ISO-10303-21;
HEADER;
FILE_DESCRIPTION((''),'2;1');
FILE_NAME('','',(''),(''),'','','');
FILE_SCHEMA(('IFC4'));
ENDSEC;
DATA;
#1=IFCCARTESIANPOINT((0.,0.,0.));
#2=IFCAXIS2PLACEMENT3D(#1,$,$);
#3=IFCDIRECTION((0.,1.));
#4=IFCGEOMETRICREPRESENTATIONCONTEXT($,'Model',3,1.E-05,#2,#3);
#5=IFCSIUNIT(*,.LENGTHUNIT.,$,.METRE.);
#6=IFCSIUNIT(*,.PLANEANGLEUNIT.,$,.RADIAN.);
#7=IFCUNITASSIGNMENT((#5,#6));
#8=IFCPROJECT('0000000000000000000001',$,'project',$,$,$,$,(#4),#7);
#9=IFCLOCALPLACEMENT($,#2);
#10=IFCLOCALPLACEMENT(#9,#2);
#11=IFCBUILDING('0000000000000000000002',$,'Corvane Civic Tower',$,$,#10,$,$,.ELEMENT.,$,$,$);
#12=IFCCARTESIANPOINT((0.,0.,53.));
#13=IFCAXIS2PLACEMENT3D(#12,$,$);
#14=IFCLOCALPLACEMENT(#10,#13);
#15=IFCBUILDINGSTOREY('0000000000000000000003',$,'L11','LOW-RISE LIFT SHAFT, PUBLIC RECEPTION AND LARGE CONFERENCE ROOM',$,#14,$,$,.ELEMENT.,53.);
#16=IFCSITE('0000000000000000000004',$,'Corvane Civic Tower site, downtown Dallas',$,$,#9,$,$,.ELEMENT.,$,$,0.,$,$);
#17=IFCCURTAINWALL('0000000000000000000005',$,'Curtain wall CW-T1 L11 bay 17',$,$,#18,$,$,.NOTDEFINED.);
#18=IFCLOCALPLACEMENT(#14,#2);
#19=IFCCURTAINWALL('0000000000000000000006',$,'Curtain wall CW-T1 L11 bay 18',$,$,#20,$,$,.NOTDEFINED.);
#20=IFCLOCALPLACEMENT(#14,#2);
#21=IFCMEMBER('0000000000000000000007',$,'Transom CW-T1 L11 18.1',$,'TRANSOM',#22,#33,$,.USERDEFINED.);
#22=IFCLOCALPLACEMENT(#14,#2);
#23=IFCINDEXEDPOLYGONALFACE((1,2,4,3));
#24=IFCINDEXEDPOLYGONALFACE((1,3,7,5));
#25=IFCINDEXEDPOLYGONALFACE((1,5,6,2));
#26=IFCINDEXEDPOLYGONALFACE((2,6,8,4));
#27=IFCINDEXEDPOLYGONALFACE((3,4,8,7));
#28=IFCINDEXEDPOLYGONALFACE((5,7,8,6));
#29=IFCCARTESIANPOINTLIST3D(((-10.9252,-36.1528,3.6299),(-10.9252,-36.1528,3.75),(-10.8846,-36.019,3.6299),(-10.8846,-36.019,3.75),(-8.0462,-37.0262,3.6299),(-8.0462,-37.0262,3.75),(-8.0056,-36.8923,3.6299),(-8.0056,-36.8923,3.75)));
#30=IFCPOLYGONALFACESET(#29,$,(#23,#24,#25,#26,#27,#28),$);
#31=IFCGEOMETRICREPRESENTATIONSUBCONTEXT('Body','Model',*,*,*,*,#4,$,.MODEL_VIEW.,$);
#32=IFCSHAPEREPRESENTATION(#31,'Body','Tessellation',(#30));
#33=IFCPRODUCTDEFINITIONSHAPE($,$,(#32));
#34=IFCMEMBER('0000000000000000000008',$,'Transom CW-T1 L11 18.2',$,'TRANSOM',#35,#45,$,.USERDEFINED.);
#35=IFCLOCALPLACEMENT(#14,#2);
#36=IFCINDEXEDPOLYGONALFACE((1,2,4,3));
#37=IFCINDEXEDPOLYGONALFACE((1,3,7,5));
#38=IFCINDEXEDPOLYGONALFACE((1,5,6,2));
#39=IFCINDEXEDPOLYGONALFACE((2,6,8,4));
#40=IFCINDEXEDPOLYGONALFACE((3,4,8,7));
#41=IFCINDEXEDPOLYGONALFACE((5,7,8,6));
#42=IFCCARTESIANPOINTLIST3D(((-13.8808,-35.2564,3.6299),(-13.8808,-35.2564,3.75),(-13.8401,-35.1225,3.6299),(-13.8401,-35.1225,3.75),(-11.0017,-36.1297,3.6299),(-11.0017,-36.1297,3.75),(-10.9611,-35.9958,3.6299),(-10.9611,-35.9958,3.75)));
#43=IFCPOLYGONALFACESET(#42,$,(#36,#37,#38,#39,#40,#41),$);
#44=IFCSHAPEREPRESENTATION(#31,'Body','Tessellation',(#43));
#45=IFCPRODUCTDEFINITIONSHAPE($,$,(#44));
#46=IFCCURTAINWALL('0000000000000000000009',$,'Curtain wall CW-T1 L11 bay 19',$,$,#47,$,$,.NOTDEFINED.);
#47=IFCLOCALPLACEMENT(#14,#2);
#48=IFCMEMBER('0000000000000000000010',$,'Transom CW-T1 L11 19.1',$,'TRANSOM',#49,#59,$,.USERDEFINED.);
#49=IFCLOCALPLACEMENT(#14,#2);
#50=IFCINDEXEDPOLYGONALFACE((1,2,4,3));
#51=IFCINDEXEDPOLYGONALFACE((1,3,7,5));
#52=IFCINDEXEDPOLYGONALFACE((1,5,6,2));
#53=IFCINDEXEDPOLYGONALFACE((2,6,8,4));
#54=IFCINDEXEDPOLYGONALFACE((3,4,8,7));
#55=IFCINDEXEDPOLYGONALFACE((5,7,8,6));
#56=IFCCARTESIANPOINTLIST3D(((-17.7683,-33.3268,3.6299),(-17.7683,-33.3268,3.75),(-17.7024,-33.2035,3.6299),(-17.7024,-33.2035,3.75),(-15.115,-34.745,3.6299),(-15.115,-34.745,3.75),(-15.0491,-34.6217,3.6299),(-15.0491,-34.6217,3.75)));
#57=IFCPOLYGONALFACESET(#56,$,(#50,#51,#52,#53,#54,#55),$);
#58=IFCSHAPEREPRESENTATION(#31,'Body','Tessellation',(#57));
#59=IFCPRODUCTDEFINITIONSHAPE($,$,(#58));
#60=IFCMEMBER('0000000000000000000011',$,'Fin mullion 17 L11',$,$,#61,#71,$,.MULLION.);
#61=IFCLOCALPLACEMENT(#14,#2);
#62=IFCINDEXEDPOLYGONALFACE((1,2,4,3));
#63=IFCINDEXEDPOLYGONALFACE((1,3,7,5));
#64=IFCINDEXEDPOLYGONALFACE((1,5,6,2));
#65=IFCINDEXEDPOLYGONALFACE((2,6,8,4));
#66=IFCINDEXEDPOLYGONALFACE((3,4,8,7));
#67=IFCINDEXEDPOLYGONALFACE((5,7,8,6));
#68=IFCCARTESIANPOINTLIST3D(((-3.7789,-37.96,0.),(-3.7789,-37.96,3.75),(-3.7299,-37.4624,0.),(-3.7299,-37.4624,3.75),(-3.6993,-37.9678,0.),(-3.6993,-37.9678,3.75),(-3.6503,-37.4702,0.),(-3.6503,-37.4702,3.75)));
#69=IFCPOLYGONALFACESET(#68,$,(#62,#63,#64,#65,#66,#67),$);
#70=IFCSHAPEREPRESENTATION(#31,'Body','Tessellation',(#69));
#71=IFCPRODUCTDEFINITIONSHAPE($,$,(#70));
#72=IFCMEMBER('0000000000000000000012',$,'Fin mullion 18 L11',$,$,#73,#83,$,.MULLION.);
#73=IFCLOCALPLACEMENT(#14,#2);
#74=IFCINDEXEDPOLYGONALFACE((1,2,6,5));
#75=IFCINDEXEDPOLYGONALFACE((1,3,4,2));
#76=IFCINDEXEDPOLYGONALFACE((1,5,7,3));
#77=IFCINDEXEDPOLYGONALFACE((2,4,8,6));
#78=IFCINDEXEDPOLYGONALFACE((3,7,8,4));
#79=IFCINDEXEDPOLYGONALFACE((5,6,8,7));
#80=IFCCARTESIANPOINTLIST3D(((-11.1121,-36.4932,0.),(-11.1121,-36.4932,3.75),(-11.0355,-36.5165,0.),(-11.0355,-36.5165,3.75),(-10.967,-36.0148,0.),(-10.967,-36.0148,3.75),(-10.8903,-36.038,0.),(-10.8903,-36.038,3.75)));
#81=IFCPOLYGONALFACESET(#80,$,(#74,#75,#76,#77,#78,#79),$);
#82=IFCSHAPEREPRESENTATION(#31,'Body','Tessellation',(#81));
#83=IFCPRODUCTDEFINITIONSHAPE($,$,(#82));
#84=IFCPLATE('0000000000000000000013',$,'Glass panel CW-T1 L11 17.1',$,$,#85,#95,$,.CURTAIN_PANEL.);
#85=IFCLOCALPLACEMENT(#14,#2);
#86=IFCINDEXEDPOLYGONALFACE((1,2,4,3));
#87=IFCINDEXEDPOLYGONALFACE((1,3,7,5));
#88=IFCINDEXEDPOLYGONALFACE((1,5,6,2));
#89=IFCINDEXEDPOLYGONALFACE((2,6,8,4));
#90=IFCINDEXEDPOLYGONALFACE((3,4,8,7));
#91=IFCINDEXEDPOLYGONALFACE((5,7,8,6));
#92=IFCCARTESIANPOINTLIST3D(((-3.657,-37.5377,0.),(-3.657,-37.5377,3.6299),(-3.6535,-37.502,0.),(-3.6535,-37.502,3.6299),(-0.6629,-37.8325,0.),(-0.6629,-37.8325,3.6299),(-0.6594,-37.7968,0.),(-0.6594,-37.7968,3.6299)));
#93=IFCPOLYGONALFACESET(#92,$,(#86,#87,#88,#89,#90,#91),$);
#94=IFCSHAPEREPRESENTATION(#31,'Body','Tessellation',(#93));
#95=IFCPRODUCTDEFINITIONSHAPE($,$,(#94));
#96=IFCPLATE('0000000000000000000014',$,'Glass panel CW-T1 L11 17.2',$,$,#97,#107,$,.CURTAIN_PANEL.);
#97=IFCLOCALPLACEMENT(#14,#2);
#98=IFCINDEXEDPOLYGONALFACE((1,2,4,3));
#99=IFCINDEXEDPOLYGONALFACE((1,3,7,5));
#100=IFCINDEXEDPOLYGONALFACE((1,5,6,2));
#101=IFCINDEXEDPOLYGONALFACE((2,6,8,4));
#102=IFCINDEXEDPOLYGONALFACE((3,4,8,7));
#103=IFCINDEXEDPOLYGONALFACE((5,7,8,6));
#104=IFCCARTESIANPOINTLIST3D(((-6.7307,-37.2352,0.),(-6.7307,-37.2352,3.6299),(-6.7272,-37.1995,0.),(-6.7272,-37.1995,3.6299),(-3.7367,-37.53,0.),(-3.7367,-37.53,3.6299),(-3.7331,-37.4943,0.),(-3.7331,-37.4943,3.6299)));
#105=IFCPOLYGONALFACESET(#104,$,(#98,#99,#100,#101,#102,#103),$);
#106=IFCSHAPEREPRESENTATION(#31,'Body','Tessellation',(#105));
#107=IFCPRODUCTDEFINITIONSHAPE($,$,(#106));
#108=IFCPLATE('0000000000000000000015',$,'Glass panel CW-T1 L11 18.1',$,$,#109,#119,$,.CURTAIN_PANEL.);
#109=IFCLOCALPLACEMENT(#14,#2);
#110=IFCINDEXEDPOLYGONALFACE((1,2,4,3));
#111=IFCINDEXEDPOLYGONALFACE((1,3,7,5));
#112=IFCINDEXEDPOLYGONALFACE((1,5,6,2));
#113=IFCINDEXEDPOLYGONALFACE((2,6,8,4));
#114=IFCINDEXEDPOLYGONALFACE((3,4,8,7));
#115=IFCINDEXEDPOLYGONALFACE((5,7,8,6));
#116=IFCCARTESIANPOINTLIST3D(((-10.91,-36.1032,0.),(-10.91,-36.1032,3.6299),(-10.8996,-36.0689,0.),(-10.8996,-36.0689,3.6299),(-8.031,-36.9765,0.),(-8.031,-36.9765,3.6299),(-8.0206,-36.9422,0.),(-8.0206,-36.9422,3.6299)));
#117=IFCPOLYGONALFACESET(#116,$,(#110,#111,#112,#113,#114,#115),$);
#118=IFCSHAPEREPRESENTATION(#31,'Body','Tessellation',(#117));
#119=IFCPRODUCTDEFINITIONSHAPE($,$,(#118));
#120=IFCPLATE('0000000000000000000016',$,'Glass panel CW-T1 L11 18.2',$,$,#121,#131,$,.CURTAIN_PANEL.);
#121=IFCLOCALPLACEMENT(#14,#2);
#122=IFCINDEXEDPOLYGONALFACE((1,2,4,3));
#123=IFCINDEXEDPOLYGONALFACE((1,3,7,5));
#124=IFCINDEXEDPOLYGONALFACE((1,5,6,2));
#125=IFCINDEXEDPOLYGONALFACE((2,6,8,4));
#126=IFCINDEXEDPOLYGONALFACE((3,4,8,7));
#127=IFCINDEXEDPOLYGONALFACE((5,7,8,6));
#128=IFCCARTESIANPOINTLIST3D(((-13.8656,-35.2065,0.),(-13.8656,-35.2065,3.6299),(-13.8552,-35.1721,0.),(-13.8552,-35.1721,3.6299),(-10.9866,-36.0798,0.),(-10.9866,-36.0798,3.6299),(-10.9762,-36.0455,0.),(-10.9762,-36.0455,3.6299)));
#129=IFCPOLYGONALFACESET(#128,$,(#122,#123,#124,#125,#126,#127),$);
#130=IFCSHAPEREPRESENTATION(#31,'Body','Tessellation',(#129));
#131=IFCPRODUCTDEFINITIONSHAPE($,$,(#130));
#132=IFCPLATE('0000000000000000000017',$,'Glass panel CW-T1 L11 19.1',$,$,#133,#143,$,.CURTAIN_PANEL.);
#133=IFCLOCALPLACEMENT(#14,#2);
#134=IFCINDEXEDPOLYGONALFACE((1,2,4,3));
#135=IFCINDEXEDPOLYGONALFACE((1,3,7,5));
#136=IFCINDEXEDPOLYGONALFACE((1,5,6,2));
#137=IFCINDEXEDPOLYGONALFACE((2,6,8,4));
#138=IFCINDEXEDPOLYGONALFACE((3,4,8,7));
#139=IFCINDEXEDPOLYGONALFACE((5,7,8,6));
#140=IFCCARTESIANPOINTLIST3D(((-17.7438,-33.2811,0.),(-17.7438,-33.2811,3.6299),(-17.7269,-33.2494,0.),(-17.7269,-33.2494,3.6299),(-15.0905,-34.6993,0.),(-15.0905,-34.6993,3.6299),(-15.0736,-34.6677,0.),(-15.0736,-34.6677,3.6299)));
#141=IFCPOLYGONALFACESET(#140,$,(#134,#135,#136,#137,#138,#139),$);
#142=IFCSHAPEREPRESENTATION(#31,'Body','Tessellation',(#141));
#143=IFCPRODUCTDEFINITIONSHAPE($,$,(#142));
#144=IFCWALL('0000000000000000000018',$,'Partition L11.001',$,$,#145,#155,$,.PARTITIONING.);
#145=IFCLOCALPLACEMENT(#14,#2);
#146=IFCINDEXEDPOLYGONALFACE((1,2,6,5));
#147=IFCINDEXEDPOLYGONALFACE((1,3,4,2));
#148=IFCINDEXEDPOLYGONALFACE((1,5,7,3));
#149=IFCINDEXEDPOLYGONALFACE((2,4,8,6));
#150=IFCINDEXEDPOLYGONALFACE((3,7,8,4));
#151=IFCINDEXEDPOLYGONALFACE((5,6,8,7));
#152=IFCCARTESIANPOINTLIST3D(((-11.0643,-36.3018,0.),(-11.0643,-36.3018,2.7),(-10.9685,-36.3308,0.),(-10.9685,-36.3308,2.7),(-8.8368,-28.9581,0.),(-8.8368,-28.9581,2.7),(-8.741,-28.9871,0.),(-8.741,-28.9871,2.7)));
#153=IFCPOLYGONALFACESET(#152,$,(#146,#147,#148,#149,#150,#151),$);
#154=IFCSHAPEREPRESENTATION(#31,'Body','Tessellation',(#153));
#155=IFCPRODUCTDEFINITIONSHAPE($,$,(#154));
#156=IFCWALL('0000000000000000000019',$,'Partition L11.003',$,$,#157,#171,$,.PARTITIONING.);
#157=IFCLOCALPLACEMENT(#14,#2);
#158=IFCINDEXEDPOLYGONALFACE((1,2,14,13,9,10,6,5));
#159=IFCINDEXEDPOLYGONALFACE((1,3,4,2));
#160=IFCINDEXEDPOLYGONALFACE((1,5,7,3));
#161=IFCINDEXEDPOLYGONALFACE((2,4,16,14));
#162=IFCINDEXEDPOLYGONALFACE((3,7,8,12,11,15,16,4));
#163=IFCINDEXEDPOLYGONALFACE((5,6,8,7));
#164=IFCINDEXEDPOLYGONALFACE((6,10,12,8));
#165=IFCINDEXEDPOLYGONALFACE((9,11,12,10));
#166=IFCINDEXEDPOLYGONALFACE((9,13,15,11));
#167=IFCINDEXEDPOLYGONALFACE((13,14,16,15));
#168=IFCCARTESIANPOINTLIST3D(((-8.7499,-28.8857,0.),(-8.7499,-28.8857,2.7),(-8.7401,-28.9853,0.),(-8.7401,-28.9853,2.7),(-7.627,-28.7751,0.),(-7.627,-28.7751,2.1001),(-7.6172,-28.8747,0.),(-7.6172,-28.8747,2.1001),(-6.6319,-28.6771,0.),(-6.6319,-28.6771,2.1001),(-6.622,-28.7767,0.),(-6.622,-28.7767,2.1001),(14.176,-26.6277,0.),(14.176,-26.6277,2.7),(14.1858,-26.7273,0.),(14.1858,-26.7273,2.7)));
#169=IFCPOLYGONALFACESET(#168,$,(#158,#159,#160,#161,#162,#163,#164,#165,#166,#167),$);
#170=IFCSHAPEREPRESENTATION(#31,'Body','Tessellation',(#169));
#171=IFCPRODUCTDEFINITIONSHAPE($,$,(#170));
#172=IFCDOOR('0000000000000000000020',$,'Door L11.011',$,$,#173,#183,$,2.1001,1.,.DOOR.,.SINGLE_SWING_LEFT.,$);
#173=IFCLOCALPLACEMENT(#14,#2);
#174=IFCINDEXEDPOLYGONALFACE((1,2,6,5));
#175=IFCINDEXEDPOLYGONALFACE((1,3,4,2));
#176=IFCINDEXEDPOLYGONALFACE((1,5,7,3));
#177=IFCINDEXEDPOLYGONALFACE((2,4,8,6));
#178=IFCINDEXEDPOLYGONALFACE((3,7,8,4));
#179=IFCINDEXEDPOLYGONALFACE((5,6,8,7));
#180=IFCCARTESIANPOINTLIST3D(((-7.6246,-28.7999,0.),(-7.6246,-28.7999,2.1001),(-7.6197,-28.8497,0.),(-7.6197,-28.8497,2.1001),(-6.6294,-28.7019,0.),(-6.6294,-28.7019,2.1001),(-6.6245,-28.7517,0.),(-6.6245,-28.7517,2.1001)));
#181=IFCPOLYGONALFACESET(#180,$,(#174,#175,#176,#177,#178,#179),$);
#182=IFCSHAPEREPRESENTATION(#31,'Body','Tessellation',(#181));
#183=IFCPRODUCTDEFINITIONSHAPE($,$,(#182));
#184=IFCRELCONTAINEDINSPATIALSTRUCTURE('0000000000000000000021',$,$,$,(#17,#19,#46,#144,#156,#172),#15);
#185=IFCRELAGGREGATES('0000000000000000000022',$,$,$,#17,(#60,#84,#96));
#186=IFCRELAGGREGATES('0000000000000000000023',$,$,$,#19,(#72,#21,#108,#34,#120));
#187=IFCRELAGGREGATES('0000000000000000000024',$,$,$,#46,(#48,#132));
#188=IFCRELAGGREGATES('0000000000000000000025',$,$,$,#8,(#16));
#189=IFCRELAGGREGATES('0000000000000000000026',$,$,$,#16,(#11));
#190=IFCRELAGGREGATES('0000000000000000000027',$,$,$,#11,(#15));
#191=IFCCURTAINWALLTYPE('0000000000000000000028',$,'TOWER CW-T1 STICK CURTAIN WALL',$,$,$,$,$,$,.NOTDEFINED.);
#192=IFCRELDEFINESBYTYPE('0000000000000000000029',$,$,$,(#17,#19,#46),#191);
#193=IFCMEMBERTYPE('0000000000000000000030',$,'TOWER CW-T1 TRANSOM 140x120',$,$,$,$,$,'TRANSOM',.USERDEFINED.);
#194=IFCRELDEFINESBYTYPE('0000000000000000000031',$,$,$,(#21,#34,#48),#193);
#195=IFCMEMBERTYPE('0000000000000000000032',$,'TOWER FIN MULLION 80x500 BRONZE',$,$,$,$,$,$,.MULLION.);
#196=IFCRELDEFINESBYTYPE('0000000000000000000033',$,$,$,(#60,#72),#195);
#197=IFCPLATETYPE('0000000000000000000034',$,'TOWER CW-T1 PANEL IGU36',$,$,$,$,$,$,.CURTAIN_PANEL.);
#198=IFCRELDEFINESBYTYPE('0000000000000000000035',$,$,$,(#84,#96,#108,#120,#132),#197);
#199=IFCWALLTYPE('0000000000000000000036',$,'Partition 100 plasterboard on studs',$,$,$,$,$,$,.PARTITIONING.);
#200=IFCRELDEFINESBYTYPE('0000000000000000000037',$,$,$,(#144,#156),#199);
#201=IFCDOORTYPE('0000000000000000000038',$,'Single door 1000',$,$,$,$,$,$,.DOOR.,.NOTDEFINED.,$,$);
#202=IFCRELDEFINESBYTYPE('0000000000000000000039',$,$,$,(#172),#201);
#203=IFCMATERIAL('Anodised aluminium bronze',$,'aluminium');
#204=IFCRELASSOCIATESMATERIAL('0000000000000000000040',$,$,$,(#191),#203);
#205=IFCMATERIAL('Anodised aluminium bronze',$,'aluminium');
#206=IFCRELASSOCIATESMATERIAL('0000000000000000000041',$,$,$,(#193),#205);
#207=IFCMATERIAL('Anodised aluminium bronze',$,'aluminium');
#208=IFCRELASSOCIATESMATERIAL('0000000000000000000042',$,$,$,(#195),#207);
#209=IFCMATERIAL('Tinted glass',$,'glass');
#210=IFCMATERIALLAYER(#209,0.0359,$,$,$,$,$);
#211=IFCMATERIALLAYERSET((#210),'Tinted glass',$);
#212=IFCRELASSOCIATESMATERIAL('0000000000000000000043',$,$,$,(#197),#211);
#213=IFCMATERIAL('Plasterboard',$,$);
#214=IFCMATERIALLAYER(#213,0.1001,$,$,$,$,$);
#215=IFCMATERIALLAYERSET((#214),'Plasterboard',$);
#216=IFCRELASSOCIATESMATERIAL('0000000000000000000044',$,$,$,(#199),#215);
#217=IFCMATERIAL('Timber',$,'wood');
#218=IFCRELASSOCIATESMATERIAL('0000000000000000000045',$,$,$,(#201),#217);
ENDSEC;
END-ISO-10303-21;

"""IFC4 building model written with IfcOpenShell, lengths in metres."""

from ifc_helpers import new_model, si_unit, direction, frame, frame_2d, origin, origin_2d, place, context, subcontext, project, spatial, rectangle, extrude, material, layer, layer_set, material_profile, profile_set, type_object, element, fill, aggregate, save


model = new_model("IFC4")

# Units and contexts
model_context = context("Model", 3, precision=1e-05, world=origin(), true_north=direction((0.0, 1.0)))
body_context = subcontext(model_context, "Body", "Model", "MODEL_VIEW")
ifc_project = project(units=[si_unit("LENGTHUNIT", "METRE"), si_unit("PLANEANGLEUNIT", "RADIAN")], contexts=[model_context])

# Site, building, storey
site_placement = place(None, origin())
site = spatial("IfcSite", under=ifc_project, at=site_placement, Name="Corvane Civic Tower site, downtown Dallas", CompositionType="ELEMENT", RefElevation=0.0)
building_placement = place(site_placement, origin())
building = spatial("IfcBuilding", under=site, at=building_placement, Name="Corvane Civic Tower", CompositionType="ELEMENT")
storey_placement = place(building_placement, frame((0.0, 0.0, 53.0)))
storey = spatial("IfcBuildingStorey", under=building, at=storey_placement, Name="L11", Description="LOW-RISE LIFT SHAFT, PUBLIC RECEPTION AND LARGE CONFERENCE ROOM", CompositionType="ELEMENT", Elevation=53.0)

# Curtain walls, members
ifc_material_1 = material(Name="Anodised aluminium bronze", Category="aluminium")
curtain_wall_type = type_object("IfcCurtainWallType", Name="TOWER CW-T1 STICK CURTAIN WALL", PredefinedType="NOTDEFINED", material=ifc_material_1)
curtain_wall_1_placement = place(storey_placement, origin())
curtain_wall_1 = element("IfcCurtainWall", 1, at=curtain_wall_1_placement, inside=storey, type_object=curtain_wall_type, Name="Curtain wall CW-T1 L11 bay 17", PredefinedType="NOTDEFINED")
ifc_material_2 = material(Name="Anodised aluminium bronze", Category="aluminium")
ifc_material_profile_1 = material_profile(ifc_material_2, rectangle(XDim=0.1399, YDim=0.1201, at=origin_2d()), Name="TOWER CW-T1 TRANSOM 140x120")
ifc_profile_set_1 = profile_set([ifc_material_profile_1], Name="Anodised aluminium bronze")
member_type_1 = type_object("IfcMemberType", Name="TOWER CW-T1 TRANSOM 140x120", ElementType="TRANSOM", PredefinedType="USERDEFINED", material=ifc_profile_set_1)
curtain_wall_2_placement = place(storey_placement, origin())
curtain_wall_2 = element("IfcCurtainWall", 2, at=curtain_wall_2_placement, inside=storey, type_object=curtain_wall_type, Name="Curtain wall CW-T1 L11 bay 18", PredefinedType="NOTDEFINED")
member_1_placement = place(storey_placement, frame((-8.0259, -36.9592, 3.6899), z_axis=(-0.956942, 0.29028, 0.0), x_axis=(-0.29028, -0.956942, 0.0)))
member_1 = element("IfcMember", 3, at=member_1_placement, type_object=member_type_1, Name="Transom CW-T1 L11 18.1", ObjectType="TRANSOM", PredefinedType="USERDEFINED", context=body_context, shape_type="SweptSolid", body=[
    extrude(rectangle(XDim=0.1399, YDim=0.1201, at=origin_2d()), origin(), (0.0, 0.0, 1.0), 3.0085),
])
member_2_placement = place(storey_placement, frame((-10.9814, -36.0627, 3.6899), z_axis=(-0.956942, 0.29028, 0.0), x_axis=(-0.29028, -0.956942, 0.0)))
member_2 = element("IfcMember", 4, at=member_2_placement, type_object=member_type_1, Name="Transom CW-T1 L11 18.2", ObjectType="TRANSOM", PredefinedType="USERDEFINED", context=body_context, shape_type="SweptSolid", body=[
    extrude(rectangle(XDim=0.1399, YDim=0.1201, at=origin_2d()), origin(), (0.0, 0.0, 1.0), 3.0085),
])

# Curtain wall, member
curtain_wall_3_placement = place(storey_placement, origin())
curtain_wall_3 = element("IfcCurtainWall", 5, at=curtain_wall_3_placement, inside=storey, type_object=curtain_wall_type, Name="Curtain wall CW-T1 L11 bay 19", PredefinedType="NOTDEFINED")
member_3_placement = place(storey_placement, frame((-15.082, -34.6833, 3.6899), z_axis=(-0.881924, 0.471393, 0.0), x_axis=(-0.471393, -0.881924, 0.0)))
member_3 = element("IfcMember", 6, at=member_3_placement, type_object=member_type_1, Name="Transom CW-T1 L11 19.1", ObjectType="TRANSOM", PredefinedType="USERDEFINED", context=body_context, shape_type="SweptSolid", body=[
    extrude(rectangle(XDim=0.1399, YDim=0.1201, at=origin_2d()), origin(), (0.0, 0.0, 1.0), 3.0085),
])

# Members
ifc_material_3 = material(Name="Anodised aluminium bronze", Category="aluminium")
ifc_material_profile_2 = material_profile(ifc_material_3, rectangle(XDim=0.0801, YDim=0.5, at=origin_2d()), Name="TOWER FIN MULLION 80x500 BRONZE")
ifc_profile_set_2 = profile_set([ifc_material_profile_2], Name="Anodised aluminium bronze")
member_type_2 = type_object("IfcMemberType", Name="TOWER FIN MULLION 80x500 BRONZE", PredefinedType="MULLION", material=ifc_profile_set_2)
member_4_placement = place(storey_placement, frame((-3.7146, -37.7151, 0.0), z_axis=(0.0, 0.0, 1.0), x_axis=(-0.995186, 0.098006, 0.0)))
member_4 = element("IfcMember", 7, at=member_4_placement, type_object=member_type_2, Name="Fin mullion 17 L11", PredefinedType="MULLION", context=body_context, shape_type="SweptSolid", body=[
    extrude(rectangle(XDim=0.0801, YDim=0.5, at=origin_2d()), origin(), (0.0, 0.0, 1.0), 3.75),
])
member_5_placement = place(storey_placement, frame((-11.0012, -36.2656, 0.0), z_axis=(0.0, 0.0, 1.0), x_axis=(-0.956942, 0.290278, 0.0)))
member_5 = element("IfcMember", 8, at=member_5_placement, type_object=member_type_2, Name="Fin mullion 18 L11", PredefinedType="MULLION", context=body_context, shape_type="SweptSolid", body=[
    extrude(rectangle(XDim=0.0801, YDim=0.5, at=origin_2d()), origin(), (0.0, 0.0, 1.0), 3.75),
])

# Plates
ifc_material_4 = material(Name="Tinted glass", Category="glass")
ifc_layer_1 = layer(ifc_material_4, 0.0359)
ifc_layer_set_1 = layer_set([ifc_layer_1], Name="Tinted glass")
plate_type = type_object("IfcPlateType", Name="TOWER CW-T1 PANEL IGU36", PredefinedType="CURTAIN_PANEL", material=ifc_layer_set_1)
plate_1_placement = place(storey_placement, frame((-2.1582, -37.6672, 0.0), z_axis=(0.0, 0.0, 1.0), x_axis=(-0.995186, 0.098006, 0.0)))
plate_1 = element("IfcPlate", 9, at=plate_1_placement, type_object=plate_type, Name="Glass panel CW-T1 L11 17.1", PredefinedType="CURTAIN_PANEL", context=body_context, shape_type="SweptSolid", body=[
    extrude(rectangle(XDim=3.0085, YDim=0.0359, at=origin_2d()), origin(), (0.0, 0.0, 1.0), 3.6299),
])
plate_2_placement = place(storey_placement, frame((-5.2319, -37.3647, 0.0), z_axis=(0.0, 0.0, 1.0), x_axis=(-0.995186, 0.098006, 0.0)))
plate_2 = element("IfcPlate", 10, at=plate_2_placement, type_object=plate_type, Name="Glass panel CW-T1 L11 17.2", PredefinedType="CURTAIN_PANEL", context=body_context, shape_type="SweptSolid", body=[
    extrude(rectangle(XDim=3.0085, YDim=0.0359, at=origin_2d()), origin(), (0.0, 0.0, 1.0), 3.6299),
])
aggregate(curtain_wall_1, [member_4, plate_1, plate_2])
plate_3_placement = place(storey_placement, frame((-9.4653, -36.5227, 0.0), z_axis=(0.0, 0.0, 1.0), x_axis=(-0.956942, 0.290278, 0.0)))
plate_3 = element("IfcPlate", 11, at=plate_3_placement, type_object=plate_type, Name="Glass panel CW-T1 L11 18.1", PredefinedType="CURTAIN_PANEL", context=body_context, shape_type="SweptSolid", body=[
    extrude(rectangle(XDim=3.0085, YDim=0.0359, at=origin_2d()), origin(), (0.0, 0.0, 1.0), 3.6299),
])
plate_4_placement = place(storey_placement, frame((-12.4209, -35.626, 0.0), z_axis=(0.0, 0.0, 1.0), x_axis=(-0.956942, 0.290278, 0.0)))
plate_4 = element("IfcPlate", 12, at=plate_4_placement, type_object=plate_type, Name="Glass panel CW-T1 L11 18.2", PredefinedType="CURTAIN_PANEL", context=body_context, shape_type="SweptSolid", body=[
    extrude(rectangle(XDim=3.0085, YDim=0.0359, at=origin_2d()), origin(), (0.0, 0.0, 1.0), 3.6299),
])
aggregate(curtain_wall_2, [member_5, member_1, plate_3, member_2, plate_4])
plate_5_placement = place(storey_placement, frame((-16.4087, -33.9744, 0.0), z_axis=(0.0, 0.0, 1.0), x_axis=(-0.881918, 0.471404, 0.0)))
plate_5 = element("IfcPlate", 13, at=plate_5_placement, type_object=plate_type, Name="Glass panel CW-T1 L11 19.1", PredefinedType="CURTAIN_PANEL", context=body_context, shape_type="SweptSolid", body=[
    extrude(rectangle(XDim=3.0085, YDim=0.0359, at=origin_2d()), origin(), (0.0, 0.0, 1.0), 3.6299),
])
aggregate(curtain_wall_3, [member_3, plate_5])

# Wall
ifc_material_5 = material(Name="Plasterboard")
ifc_layer_2 = layer(ifc_material_5, 0.1001)
ifc_layer_set_2 = layer_set([ifc_layer_2], Name="Plasterboard")
wall_type = type_object("IfcWallType", Name="Partition 100 plasterboard on studs", PredefinedType="PARTITIONING", material=ifc_layer_set_2)
wall_1_placement = place(storey_placement, frame((-11.0164, -36.3162, 0.0), z_axis=(0.0, 0.0, 1.0), x_axis=(0.290265, 0.956946, 0.0)))
element("IfcWall", 14, at=wall_1_placement, inside=storey, type_object=wall_type, Name="Partition L11.001", PredefinedType="PARTITIONING", context=body_context, shape_type="SweptSolid", body=[
    extrude(rectangle(XDim=7.6741, YDim=0.1001, at=frame_2d((3.8369, 0.0))), origin(), (0.0, 0.0, 1.0), 2.7),
])

# Wall, opening, door
wall_2_placement = place(storey_placement, frame((-8.7451, -28.9355, 0.0), z_axis=(0.0, 0.0, 1.0), x_axis=(0.995185, 0.098019, 0.0)))
wall_2 = element("IfcWall", 15, at=wall_2_placement, inside=storey, type_object=wall_type, Name="Partition L11.003", PredefinedType="PARTITIONING", context=body_context, shape_type="SweptSolid", body=[
    extrude(rectangle(XDim=23.0369, YDim=0.1001, at=frame_2d((11.5186, 0.0))), origin(), (0.0, 0.0, 1.0), 2.7),
])
opening_1_placement = place(wall_2_placement, frame((1.1284, 0.0, 0.0)))
opening_1 = element("IfcOpeningElement", 16, at=opening_1_placement, cuts=wall_2, PredefinedType="OPENING", context=body_context, shape_type="SweptSolid", body=[
    extrude(rectangle(XDim=1.0, YDim=2.1001, at=frame_2d((0.5, 1.05))), frame((0.0, 0.0601, 0.0), z_axis=(0.0, -1.0, 0.0), x_axis=(1.0, 0.0, 0.0)), (0.0, 0.0, 1.0), 0.1201),
])
ifc_material_6 = material(Name="Timber", Category="wood")
door_type_1 = type_object("IfcDoorType", Name="Single door 1000", OperationType="NOTDEFINED", PredefinedType="DOOR", material=ifc_material_6)
door_1_placement = place(opening_1_placement, frame((1.0, 0.0, 0.0), z_axis=(0.0, 0.0, 1.0), x_axis=(-1.0, 0.0, 0.0)))
door_1 = element("IfcDoor", 17, at=door_1_placement, inside=storey, type_object=door_type_1, Name="Door L11.011", OperationType="SINGLE_SWING_LEFT", OverallHeight=2.1001, OverallWidth=1.0, PredefinedType="DOOR", context=body_context, shape_type="SweptSolid", body=[
    extrude(rectangle(XDim=1.0, YDim=2.1001, at=frame_2d((0.5, 1.05))), frame((0.0, 0.0249, 0.0), z_axis=(0.0, -1.0, 0.0), x_axis=(1.0, 0.0, 0.0)), (0.0, 0.0, 1.0), 0.05),
])
fill(opening_1, door_1)

save(model, "model.ifc")
